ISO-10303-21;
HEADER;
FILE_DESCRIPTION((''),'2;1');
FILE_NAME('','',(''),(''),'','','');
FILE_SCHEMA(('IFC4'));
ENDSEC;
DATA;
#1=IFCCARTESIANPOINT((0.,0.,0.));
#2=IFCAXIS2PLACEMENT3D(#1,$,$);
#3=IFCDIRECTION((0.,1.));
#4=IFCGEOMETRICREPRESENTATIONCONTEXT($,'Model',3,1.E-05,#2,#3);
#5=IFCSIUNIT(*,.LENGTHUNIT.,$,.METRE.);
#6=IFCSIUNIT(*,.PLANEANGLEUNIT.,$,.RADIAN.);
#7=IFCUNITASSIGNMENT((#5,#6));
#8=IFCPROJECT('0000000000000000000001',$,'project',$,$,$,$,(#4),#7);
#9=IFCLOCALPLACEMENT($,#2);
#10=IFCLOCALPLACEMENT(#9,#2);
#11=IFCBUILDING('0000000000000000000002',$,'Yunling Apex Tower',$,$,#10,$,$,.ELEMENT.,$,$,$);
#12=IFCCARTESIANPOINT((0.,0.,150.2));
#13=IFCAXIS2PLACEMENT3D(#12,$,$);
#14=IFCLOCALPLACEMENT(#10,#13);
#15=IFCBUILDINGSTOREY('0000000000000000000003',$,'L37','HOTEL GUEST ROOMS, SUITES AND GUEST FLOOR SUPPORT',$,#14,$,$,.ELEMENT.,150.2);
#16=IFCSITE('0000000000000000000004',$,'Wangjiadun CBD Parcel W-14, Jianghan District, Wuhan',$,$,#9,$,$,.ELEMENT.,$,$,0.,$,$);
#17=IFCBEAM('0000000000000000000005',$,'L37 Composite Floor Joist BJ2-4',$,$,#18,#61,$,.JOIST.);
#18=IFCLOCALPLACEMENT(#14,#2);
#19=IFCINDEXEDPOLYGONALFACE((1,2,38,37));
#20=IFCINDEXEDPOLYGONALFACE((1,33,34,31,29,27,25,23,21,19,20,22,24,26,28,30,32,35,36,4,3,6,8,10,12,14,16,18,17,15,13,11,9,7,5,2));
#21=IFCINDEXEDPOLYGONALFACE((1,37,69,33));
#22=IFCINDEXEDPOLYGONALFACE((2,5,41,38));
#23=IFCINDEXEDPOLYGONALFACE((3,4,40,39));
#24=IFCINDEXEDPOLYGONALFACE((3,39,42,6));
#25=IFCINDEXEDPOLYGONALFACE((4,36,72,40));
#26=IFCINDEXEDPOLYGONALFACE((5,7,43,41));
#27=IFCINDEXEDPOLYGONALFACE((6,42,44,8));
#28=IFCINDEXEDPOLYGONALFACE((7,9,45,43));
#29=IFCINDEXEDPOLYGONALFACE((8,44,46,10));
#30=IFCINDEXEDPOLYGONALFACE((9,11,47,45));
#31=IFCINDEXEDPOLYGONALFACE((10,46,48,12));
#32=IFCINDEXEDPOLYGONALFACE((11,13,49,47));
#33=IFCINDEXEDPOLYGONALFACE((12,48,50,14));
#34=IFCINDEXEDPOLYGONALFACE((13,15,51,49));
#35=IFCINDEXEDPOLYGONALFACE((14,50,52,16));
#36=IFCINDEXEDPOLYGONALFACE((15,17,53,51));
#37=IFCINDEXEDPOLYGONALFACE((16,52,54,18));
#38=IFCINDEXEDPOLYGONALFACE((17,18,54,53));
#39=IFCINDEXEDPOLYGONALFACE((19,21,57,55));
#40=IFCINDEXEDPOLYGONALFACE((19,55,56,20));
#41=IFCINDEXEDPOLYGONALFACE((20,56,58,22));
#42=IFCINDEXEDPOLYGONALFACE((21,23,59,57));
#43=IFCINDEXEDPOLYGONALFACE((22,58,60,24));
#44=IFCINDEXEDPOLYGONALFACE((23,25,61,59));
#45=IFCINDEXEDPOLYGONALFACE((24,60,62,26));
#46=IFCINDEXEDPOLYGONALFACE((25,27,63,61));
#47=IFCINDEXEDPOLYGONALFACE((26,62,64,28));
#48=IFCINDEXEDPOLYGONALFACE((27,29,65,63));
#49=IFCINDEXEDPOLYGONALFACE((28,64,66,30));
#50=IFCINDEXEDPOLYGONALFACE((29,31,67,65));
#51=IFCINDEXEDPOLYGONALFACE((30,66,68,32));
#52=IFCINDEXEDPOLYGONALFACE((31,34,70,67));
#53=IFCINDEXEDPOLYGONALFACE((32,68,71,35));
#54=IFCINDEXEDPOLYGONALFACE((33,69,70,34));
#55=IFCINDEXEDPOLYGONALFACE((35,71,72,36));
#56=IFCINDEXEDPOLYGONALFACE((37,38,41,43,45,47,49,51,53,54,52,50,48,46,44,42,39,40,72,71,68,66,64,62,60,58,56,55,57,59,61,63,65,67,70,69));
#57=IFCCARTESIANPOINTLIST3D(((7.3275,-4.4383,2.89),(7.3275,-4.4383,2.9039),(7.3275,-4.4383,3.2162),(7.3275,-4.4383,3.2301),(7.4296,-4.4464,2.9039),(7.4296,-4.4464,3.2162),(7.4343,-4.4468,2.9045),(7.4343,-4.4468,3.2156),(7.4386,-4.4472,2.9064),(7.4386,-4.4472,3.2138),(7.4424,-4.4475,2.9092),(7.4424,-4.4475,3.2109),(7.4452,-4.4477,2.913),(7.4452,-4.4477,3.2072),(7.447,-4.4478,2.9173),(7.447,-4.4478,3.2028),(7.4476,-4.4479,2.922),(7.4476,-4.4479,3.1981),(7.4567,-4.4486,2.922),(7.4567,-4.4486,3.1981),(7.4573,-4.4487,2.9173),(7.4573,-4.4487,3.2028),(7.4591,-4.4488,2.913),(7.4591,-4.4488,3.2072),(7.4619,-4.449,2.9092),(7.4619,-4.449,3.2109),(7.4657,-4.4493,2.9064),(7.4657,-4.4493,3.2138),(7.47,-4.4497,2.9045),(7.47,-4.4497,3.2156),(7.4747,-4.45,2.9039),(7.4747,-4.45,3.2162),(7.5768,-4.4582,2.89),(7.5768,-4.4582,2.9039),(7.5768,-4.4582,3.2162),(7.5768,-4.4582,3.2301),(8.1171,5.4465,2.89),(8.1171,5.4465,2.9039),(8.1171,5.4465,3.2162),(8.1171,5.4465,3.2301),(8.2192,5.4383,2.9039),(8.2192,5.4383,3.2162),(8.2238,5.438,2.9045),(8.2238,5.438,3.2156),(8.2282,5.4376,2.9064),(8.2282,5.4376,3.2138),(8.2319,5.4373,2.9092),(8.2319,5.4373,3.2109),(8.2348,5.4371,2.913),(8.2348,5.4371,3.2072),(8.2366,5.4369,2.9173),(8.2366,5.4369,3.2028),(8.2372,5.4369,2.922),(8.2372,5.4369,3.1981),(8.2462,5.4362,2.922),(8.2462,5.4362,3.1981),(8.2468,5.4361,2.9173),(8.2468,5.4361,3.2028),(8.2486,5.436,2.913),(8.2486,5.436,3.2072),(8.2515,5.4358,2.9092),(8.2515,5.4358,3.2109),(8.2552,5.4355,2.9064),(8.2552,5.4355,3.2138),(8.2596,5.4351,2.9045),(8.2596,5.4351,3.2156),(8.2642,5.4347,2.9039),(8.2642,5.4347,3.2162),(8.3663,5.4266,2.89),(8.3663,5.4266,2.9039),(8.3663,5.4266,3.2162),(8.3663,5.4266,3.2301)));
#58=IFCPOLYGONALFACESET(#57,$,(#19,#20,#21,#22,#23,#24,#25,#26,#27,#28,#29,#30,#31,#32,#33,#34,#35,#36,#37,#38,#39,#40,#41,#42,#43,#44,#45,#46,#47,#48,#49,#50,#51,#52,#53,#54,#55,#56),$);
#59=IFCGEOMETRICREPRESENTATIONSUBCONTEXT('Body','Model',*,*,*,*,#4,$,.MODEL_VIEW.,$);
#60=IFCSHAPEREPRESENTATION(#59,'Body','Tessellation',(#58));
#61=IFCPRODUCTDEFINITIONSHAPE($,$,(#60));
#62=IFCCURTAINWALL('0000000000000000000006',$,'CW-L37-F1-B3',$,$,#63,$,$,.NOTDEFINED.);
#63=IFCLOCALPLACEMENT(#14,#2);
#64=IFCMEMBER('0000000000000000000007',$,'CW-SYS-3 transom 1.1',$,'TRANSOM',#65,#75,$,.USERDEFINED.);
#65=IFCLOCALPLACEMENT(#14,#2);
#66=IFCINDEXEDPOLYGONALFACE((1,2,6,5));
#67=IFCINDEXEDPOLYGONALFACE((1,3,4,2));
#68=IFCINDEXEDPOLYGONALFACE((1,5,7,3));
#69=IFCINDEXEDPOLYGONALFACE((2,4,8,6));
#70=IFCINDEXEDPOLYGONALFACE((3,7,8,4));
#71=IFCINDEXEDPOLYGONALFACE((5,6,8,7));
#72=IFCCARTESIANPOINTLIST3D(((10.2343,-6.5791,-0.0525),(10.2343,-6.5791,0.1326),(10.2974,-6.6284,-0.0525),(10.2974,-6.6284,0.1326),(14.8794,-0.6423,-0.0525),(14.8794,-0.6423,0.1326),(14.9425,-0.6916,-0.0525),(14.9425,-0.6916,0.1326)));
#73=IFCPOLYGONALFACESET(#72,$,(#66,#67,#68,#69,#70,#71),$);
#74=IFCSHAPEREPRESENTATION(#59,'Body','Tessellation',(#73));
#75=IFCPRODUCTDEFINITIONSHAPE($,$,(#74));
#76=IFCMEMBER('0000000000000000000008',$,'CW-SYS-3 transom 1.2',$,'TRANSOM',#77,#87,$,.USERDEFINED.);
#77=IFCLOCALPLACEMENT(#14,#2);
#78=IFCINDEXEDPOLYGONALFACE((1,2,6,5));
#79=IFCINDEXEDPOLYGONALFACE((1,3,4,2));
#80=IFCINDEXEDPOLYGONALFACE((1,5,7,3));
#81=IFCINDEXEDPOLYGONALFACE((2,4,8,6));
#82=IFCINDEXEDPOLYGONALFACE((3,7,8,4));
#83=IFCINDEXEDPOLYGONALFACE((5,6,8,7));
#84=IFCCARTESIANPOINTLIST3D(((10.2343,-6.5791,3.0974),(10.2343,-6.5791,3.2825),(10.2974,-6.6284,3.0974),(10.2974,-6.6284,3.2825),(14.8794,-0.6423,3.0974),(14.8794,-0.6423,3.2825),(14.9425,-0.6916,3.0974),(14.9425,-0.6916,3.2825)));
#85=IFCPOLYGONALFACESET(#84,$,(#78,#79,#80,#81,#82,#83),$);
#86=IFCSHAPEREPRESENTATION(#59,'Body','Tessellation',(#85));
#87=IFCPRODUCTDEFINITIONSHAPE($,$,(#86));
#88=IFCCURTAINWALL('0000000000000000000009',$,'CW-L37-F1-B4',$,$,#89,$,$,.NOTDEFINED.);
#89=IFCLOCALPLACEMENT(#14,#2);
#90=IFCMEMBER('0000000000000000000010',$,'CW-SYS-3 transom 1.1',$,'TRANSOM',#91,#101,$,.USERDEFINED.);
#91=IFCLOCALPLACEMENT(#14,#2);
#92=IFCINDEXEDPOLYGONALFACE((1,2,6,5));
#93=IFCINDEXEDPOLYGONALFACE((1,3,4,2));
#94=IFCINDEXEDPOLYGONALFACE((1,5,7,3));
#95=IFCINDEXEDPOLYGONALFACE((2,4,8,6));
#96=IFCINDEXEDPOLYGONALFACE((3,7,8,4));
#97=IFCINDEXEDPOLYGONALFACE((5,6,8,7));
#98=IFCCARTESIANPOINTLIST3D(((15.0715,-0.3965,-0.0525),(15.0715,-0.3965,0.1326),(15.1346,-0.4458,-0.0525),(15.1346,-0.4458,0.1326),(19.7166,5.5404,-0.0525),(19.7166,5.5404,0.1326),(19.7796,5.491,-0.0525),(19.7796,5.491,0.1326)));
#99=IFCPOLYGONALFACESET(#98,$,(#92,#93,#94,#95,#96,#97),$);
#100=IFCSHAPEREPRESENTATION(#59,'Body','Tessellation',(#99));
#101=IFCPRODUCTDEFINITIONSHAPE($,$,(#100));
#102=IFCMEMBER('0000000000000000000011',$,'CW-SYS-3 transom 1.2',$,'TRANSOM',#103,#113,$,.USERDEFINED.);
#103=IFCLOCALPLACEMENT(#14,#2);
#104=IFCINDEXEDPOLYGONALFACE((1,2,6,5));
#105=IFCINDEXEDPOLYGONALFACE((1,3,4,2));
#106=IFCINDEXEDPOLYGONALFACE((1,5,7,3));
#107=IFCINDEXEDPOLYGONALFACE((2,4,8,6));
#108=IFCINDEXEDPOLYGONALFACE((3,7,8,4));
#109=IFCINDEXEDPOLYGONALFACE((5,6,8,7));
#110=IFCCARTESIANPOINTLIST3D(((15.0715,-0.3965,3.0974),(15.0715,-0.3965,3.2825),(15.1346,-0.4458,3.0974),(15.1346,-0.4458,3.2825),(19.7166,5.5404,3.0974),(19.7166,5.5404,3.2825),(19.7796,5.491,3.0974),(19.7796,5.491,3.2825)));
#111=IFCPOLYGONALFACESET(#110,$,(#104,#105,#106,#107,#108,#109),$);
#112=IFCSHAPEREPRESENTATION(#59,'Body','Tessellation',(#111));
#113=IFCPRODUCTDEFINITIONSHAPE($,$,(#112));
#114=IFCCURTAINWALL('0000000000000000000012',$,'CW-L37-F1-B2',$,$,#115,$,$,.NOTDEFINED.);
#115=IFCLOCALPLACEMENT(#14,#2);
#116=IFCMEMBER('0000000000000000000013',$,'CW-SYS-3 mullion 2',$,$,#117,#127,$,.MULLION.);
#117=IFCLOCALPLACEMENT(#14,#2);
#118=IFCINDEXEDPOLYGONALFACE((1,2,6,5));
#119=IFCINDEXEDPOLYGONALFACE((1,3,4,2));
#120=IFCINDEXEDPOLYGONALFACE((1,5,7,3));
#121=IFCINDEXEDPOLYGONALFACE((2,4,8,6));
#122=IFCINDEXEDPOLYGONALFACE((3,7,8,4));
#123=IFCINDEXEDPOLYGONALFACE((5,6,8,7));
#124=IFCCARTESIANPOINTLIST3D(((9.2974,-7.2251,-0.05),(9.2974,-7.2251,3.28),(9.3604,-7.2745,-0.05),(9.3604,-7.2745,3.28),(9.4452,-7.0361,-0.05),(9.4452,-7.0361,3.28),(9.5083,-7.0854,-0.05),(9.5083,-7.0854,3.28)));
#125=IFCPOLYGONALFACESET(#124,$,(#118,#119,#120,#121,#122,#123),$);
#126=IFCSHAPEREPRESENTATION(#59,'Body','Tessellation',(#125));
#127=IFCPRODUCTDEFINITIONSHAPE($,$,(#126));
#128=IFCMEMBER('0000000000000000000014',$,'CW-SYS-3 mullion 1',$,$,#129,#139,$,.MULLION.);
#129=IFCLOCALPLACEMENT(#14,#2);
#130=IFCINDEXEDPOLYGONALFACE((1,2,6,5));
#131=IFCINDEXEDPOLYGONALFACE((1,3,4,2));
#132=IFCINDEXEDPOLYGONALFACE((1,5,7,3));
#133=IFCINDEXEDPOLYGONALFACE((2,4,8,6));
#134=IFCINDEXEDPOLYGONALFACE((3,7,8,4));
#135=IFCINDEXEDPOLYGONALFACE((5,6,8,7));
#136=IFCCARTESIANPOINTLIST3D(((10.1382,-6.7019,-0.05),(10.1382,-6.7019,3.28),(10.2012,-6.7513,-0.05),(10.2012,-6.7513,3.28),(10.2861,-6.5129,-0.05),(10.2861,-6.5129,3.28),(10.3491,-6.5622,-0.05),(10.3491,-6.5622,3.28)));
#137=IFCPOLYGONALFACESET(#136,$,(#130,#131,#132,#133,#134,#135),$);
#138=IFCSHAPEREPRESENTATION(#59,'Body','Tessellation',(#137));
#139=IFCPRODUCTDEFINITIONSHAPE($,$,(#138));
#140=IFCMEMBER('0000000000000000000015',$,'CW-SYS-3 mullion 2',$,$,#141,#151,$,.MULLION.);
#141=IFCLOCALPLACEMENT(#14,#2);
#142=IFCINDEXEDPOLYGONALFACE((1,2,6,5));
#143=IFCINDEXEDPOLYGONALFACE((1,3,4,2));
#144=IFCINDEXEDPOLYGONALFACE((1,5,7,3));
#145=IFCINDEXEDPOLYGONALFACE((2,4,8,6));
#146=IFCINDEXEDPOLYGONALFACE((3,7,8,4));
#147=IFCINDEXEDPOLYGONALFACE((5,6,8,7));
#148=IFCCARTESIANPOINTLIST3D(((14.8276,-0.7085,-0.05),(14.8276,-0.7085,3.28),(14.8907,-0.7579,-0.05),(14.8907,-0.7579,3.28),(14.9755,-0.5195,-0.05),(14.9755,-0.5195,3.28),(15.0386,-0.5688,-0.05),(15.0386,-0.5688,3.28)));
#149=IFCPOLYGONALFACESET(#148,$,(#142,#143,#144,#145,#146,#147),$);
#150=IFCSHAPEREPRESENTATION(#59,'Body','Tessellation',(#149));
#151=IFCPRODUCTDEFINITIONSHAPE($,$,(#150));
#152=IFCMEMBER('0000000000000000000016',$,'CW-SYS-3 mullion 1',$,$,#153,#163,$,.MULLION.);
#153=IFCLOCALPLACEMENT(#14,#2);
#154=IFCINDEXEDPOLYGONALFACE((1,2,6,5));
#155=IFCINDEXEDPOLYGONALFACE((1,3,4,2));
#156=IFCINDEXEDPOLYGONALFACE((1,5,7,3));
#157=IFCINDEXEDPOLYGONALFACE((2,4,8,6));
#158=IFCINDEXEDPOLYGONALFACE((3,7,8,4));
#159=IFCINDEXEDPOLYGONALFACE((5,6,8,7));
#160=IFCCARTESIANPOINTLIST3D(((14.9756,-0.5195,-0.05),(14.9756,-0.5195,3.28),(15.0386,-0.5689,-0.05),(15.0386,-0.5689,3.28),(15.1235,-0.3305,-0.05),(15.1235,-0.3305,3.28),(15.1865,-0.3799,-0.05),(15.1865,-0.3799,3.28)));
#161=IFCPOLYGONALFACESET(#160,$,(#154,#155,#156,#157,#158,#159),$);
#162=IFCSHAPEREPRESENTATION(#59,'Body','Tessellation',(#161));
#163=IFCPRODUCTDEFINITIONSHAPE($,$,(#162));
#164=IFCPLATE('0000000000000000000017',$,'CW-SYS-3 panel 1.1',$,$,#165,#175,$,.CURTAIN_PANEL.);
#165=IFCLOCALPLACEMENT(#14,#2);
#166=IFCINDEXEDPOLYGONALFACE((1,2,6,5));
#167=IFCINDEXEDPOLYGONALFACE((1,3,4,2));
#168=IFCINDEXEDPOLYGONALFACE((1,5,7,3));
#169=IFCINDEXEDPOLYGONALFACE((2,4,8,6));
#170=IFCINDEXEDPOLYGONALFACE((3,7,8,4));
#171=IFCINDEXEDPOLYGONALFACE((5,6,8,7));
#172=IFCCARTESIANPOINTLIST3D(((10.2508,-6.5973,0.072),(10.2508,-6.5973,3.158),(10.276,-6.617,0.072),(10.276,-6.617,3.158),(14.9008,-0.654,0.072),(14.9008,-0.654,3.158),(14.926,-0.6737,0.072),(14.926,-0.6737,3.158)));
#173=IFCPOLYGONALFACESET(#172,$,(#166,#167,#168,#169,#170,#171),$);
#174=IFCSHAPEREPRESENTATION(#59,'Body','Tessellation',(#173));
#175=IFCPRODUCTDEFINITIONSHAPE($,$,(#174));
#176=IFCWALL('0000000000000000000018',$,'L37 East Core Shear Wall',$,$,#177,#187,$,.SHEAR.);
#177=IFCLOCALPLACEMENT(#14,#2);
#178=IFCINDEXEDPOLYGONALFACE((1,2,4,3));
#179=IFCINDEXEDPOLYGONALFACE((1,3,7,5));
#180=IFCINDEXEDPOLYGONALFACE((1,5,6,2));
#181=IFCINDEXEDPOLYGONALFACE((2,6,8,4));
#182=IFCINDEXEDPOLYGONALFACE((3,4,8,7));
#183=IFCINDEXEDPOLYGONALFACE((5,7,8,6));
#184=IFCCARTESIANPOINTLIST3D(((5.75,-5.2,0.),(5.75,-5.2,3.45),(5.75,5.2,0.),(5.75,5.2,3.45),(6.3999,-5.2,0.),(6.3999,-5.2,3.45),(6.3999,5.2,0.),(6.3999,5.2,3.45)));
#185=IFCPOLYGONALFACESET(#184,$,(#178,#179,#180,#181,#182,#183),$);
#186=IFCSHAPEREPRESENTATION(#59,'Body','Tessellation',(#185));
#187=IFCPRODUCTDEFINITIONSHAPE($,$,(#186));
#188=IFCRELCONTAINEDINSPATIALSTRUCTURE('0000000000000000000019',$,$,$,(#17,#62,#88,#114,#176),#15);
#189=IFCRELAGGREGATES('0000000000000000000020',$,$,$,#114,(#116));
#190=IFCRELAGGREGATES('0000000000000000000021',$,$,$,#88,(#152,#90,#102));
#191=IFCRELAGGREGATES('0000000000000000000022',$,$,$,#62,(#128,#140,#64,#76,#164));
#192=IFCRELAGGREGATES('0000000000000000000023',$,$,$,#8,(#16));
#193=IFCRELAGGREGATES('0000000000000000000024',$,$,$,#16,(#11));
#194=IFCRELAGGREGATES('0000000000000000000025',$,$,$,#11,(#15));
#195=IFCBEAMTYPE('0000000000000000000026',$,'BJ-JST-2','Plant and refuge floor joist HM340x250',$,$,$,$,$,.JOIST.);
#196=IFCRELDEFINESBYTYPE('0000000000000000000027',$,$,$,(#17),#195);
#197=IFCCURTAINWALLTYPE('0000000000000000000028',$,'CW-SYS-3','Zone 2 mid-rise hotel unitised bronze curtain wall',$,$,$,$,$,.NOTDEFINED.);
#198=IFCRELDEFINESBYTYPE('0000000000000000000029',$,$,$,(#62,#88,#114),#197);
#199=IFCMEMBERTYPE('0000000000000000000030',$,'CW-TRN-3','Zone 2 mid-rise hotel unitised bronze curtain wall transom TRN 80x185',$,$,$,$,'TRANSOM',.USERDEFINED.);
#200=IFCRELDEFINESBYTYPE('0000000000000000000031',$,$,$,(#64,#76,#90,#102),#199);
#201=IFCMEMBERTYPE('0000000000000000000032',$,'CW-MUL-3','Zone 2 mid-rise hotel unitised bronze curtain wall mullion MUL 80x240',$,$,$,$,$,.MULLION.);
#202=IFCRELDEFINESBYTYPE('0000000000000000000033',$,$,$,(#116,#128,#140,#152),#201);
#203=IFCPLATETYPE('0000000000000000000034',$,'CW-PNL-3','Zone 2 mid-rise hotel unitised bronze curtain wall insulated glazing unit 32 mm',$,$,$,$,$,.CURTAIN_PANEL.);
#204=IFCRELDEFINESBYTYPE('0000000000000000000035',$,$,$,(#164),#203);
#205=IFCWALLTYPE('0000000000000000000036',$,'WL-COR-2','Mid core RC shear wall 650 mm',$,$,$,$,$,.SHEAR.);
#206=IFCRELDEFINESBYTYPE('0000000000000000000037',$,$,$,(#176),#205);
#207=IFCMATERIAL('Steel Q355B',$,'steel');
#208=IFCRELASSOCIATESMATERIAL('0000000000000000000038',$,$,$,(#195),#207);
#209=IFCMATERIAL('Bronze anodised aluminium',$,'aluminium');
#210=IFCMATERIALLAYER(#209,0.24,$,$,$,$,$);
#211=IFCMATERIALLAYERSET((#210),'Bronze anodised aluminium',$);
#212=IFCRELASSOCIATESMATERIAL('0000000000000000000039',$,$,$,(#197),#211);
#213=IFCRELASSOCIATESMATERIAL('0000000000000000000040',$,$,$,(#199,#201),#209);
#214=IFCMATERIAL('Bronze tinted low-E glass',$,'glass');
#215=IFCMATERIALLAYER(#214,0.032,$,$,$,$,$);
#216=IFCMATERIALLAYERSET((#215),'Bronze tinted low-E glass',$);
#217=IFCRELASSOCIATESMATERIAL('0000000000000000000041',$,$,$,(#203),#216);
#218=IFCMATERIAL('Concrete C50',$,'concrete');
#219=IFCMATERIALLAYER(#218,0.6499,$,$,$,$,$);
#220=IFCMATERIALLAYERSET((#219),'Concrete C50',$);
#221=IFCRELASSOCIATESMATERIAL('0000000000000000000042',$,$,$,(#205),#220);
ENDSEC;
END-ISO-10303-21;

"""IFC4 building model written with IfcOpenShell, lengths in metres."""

from ifc_helpers import new_model, si_unit, direction, frame, frame_2d, origin, origin_2d, place, context, subcontext, project, spatial, rectangle, i_section, extrude, source, transform, mapped, material, layer, layer_set, material_profile, profile_set, type_object, element, aggregate, save


model = new_model("IFC4")

# Units and contexts
model_context = context("Model", 3, precision=1e-05, world=origin(), true_north=direction((0.0, 1.0)))
body_context = subcontext(model_context, "Body", "Model", "MODEL_VIEW")
ifc_project = project(units=[si_unit("LENGTHUNIT", "METRE"), si_unit("PLANEANGLEUNIT", "RADIAN")], contexts=[model_context])

# Site, building, storey
site_placement = place(None, origin())
site = spatial("IfcSite", under=ifc_project, at=site_placement, Name="Wangjiadun CBD Parcel W-14, Jianghan District, Wuhan", CompositionType="ELEMENT", RefElevation=0.0)
building_placement = place(site_placement, origin())
building = spatial("IfcBuilding", under=site, at=building_placement, Name="Yunling Apex Tower", CompositionType="ELEMENT")
storey_placement = place(building_placement, frame((0.0, 0.0, 150.2)))
storey = spatial("IfcBuildingStorey", under=building, at=storey_placement, Name="L37", Description="HOTEL GUEST ROOMS, SUITES AND GUEST FLOOR SUPPORT", CompositionType="ELEMENT", Elevation=150.2)

# Beam
ifc_material_1 = material(Name="Steel Q355B", Category="steel")
ifc_material_profile_1 = material_profile(ifc_material_1, i_section(OverallWidth=0.25, OverallDepth=0.3401, WebThickness=0.009, FlangeThickness=0.0139, FilletRadius=0.0181, at=origin_2d()))
ifc_profile_set_1 = profile_set([ifc_material_profile_1], Name="Steel Q355B")
beam_type_1 = type_object("IfcBeamType", Name="BJ-JST-2", Description="Plant and refuge floor joist HM340x250", PredefinedType="JOIST", material=ifc_profile_set_1)
shared_shape_1 = source(origin(), body_context, "Body", "SweptSolid", [
    extrude(i_section(OverallWidth=0.25, OverallDepth=0.3401, WebThickness=0.009, FlangeThickness=0.0139, FilletRadius=0.0181, at=origin_2d()), origin(), (0.0, 0.0, 1.0), 9.9163),
])
beam_1_placement = place(storey_placement, frame((7.4521, -4.4482, 3.0601), z_axis=(0.079622, 0.996825, 0.0), x_axis=(-0.996825, 0.079622, 0.0)))
element("IfcBeam", 1, at=beam_1_placement, inside=storey, type_object=beam_type_1, Name="L37 Composite Floor Joist BJ2-4", PredefinedType="JOIST", context=body_context, shape_type="MappedRepresentation", body=[
    mapped(shared_shape_1, transform((0.0, 0.0, 0.0), scale=1.0)),
])

# Curtain walls, members
ifc_material_2 = material(Name="Bronze anodised aluminium", Category="aluminium")
ifc_layer_1 = layer(ifc_material_2, 0.24)
ifc_layer_set_1 = layer_set([ifc_layer_1], Name="Bronze anodised aluminium")
curtain_wall_type = type_object("IfcCurtainWallType", Name="CW-SYS-3", Description="Zone 2 mid-rise hotel unitised bronze curtain wall", PredefinedType="NOTDEFINED", material=ifc_layer_set_1)
curtain_wall_1_placement = place(storey_placement, origin())
curtain_wall_1 = element("IfcCurtainWall", 2, at=curtain_wall_1_placement, inside=storey, type_object=curtain_wall_type, Name="CW-L37-F1-B3", PredefinedType="NOTDEFINED")
ifc_material_profile_2 = material_profile(ifc_material_2, rectangle(XDim=0.0801, YDim=0.1851, at=origin_2d()))
ifc_profile_set_2 = profile_set([ifc_material_profile_2], Name="Bronze anodised aluminium")
member_type_1 = type_object("IfcMemberType", Name="CW-TRN-3", Description="Zone 2 mid-rise hotel unitised bronze curtain wall transom TRN 80x185", ElementType="TRANSOM", PredefinedType="USERDEFINED", material=ifc_profile_set_2)
shared_shape_2 = source(origin(), body_context, "Body", "SweptSolid", [
    extrude(rectangle(XDim=0.0801, YDim=0.1851, at=origin_2d()), origin(), (0.0, 0.0, 1.0), 7.5381),
])
member_1_placement = place(storey_placement, frame((10.2659, -6.6038, 0.04), z_axis=(0.616214, 0.787579, 0.0), x_axis=(-0.787579, 0.616214, 0.0)))
member_1 = element("IfcMember", 3, at=member_1_placement, type_object=member_type_1, Name="CW-SYS-3 transom 1.1", ObjectType="TRANSOM", PredefinedType="USERDEFINED", context=body_context, shape_type="MappedRepresentation", body=[
    mapped(shared_shape_2, transform((0.0, 0.0, 0.0), scale=1.0)),
])
member_2_placement = place(storey_placement, frame((10.2659, -6.6038, 3.1899), z_axis=(0.616214, 0.787579, 0.0), x_axis=(-0.787579, 0.616214, 0.0)))
member_2 = element("IfcMember", 4, at=member_2_placement, type_object=member_type_1, Name="CW-SYS-3 transom 1.2", ObjectType="TRANSOM", PredefinedType="USERDEFINED", context=body_context, shape_type="MappedRepresentation", body=[
    mapped(shared_shape_2, transform((0.0, 0.0, 0.0), scale=1.0)),
])
curtain_wall_2_placement = place(storey_placement, origin())
curtain_wall_2 = element("IfcCurtainWall", 5, at=curtain_wall_2_placement, inside=storey, type_object=curtain_wall_type, Name="CW-L37-F1-B4", PredefinedType="NOTDEFINED")
member_3_placement = place(storey_placement, frame((15.103, -0.4211, 0.04), z_axis=(0.616214, 0.787579, 0.0), x_axis=(-0.787579, 0.616214, 0.0)))
member_3 = element("IfcMember", 6, at=member_3_placement, type_object=member_type_1, Name="CW-SYS-3 transom 1.1", ObjectType="TRANSOM", PredefinedType="USERDEFINED", context=body_context, shape_type="MappedRepresentation", body=[
    mapped(shared_shape_2, transform((0.0, 0.0, 0.0), scale=1.0)),
])
member_4_placement = place(storey_placement, frame((15.103, -0.4211, 3.1899), z_axis=(0.616214, 0.787579, 0.0), x_axis=(-0.787579, 0.616214, 0.0)))
member_4 = element("IfcMember", 7, at=member_4_placement, type_object=member_type_1, Name="CW-SYS-3 transom 1.2", ObjectType="TRANSOM", PredefinedType="USERDEFINED", context=body_context, shape_type="MappedRepresentation", body=[
    mapped(shared_shape_2, transform((0.0, 0.0, 0.0), scale=1.0)),
])

# Curtain wall, member
curtain_wall_3_placement = place(storey_placement, origin())
curtain_wall_3 = element("IfcCurtainWall", 8, at=curtain_wall_3_placement, inside=storey, type_object=curtain_wall_type, Name="CW-L37-F1-B2", PredefinedType="NOTDEFINED")
ifc_material_profile_3 = material_profile(ifc_material_2, rectangle(XDim=0.0801, YDim=0.24, at=origin_2d()))
ifc_profile_set_3 = profile_set([ifc_material_profile_3], Name="Bronze anodised aluminium")
member_type_2 = type_object("IfcMemberType", Name="CW-MUL-3", Description="Zone 2 mid-rise hotel unitised bronze curtain wall mullion MUL 80x240", PredefinedType="MULLION", material=ifc_profile_set_3)
shared_shape_3 = source(origin(), body_context, "Body", "SweptSolid", [
    extrude(rectangle(XDim=0.0801, YDim=0.24, at=origin_2d()), origin(), (0.0, 0.0, 1.0), 3.3301),
])
member_5_placement = place(storey_placement, frame((9.4028, -7.1553, -0.05), z_axis=(0.0, 0.0, 1.0), x_axis=(-0.78759, 0.616199, 0.0)))
member_5 = element("IfcMember", 9, at=member_5_placement, type_object=member_type_2, Name="CW-SYS-3 mullion 2", PredefinedType="MULLION", context=body_context, shape_type="MappedRepresentation", body=[
    mapped(shared_shape_3, transform((0.0, 0.0, 0.0), scale=1.0)),
])
aggregate(curtain_wall_3, [member_5])

# Members
member_6_placement = place(storey_placement, frame((10.2437, -6.6321, -0.05), z_axis=(0.0, 0.0, 1.0), x_axis=(-0.787584, 0.616208, 0.0)))
member_6 = element("IfcMember", 10, at=member_6_placement, type_object=member_type_2, Name="CW-SYS-3 mullion 1", PredefinedType="MULLION", context=body_context, shape_type="MappedRepresentation", body=[
    mapped(shared_shape_3, transform((0.0, 0.0, 0.0), scale=1.0)),
])
member_7_placement = place(storey_placement, frame((14.9331, -0.6387, -0.05), z_axis=(0.0, 0.0, 1.0), x_axis=(-0.787584, 0.616208, 0.0)))
member_7 = element("IfcMember", 11, at=member_7_placement, type_object=member_type_2, Name="CW-SYS-3 mullion 2", PredefinedType="MULLION", context=body_context, shape_type="MappedRepresentation", body=[
    mapped(shared_shape_3, transform((0.0, 0.0, 0.0), scale=1.0)),
])
member_8_placement = place(storey_placement, frame((15.0811, -0.4497, -0.05), z_axis=(0.0, 0.0, 1.0), x_axis=(-0.787584, 0.616208, 0.0)))
member_8 = element("IfcMember", 12, at=member_8_placement, type_object=member_type_2, Name="CW-SYS-3 mullion 1", PredefinedType="MULLION", context=body_context, shape_type="MappedRepresentation", body=[
    mapped(shared_shape_3, transform((0.0, 0.0, 0.0), scale=1.0)),
])
aggregate(curtain_wall_2, [member_8, member_3, member_4])

# Plate
ifc_material_3 = material(Name="Bronze tinted low-E glass", Category="glass")
ifc_layer_2 = layer(ifc_material_3, 0.032)
ifc_layer_set_2 = layer_set([ifc_layer_2], Name="Bronze tinted low-E glass")
plate_type = type_object("IfcPlateType", Name="CW-PNL-3", Description="Zone 2 mid-rise hotel unitised bronze curtain wall insulated glazing unit 32 mm", PredefinedType="CURTAIN_PANEL", material=ifc_layer_set_2)
shared_shape_4 = source(origin(), body_context, "Body", "SweptSolid", [
    extrude(rectangle(XDim=7.5461, YDim=0.032, at=origin_2d()), origin(), (0.0, 0.0, 1.0), 3.0859),
])
plate_placement = place(storey_placement, frame((12.5884, -3.6355, 0.072), z_axis=(0.0, 0.0, 1.0), x_axis=(0.616208, 0.787584, 0.0)))
plate = element("IfcPlate", 13, at=plate_placement, type_object=plate_type, Name="CW-SYS-3 panel 1.1", PredefinedType="CURTAIN_PANEL", context=body_context, shape_type="MappedRepresentation", body=[
    mapped(shared_shape_4, transform((0.0, 0.0, 0.0), scale=1.0)),
])
aggregate(curtain_wall_1, [member_6, member_7, member_1, member_2, plate])

# Wall
ifc_material_4 = material(Name="Concrete C50", Category="concrete")
ifc_layer_3 = layer(ifc_material_4, 0.6499)
ifc_layer_set_3 = layer_set([ifc_layer_3], Name="Concrete C50")
wall_type_1 = type_object("IfcWallType", Name="WL-COR-2", Description="Mid core RC shear wall 650 mm", PredefinedType="SHEAR", material=ifc_layer_set_3)
wall_1_placement = place(storey_placement, frame((6.075, -5.2, 0.0), z_axis=(0.0, 0.0, 1.0), x_axis=(0.0, 1.0, 0.0)))
element("IfcWall", 14, at=wall_1_placement, inside=storey, type_object=wall_type_1, Name="L37 East Core Shear Wall", PredefinedType="SHEAR", context=body_context, shape_type="SweptSolid", body=[
    extrude(rectangle(XDim=10.3999, YDim=0.6499, at=frame_2d((5.2, 0.0))), origin(), (0.0, 0.0, 1.0), 3.45),
])

save(model, "model.ifc")
